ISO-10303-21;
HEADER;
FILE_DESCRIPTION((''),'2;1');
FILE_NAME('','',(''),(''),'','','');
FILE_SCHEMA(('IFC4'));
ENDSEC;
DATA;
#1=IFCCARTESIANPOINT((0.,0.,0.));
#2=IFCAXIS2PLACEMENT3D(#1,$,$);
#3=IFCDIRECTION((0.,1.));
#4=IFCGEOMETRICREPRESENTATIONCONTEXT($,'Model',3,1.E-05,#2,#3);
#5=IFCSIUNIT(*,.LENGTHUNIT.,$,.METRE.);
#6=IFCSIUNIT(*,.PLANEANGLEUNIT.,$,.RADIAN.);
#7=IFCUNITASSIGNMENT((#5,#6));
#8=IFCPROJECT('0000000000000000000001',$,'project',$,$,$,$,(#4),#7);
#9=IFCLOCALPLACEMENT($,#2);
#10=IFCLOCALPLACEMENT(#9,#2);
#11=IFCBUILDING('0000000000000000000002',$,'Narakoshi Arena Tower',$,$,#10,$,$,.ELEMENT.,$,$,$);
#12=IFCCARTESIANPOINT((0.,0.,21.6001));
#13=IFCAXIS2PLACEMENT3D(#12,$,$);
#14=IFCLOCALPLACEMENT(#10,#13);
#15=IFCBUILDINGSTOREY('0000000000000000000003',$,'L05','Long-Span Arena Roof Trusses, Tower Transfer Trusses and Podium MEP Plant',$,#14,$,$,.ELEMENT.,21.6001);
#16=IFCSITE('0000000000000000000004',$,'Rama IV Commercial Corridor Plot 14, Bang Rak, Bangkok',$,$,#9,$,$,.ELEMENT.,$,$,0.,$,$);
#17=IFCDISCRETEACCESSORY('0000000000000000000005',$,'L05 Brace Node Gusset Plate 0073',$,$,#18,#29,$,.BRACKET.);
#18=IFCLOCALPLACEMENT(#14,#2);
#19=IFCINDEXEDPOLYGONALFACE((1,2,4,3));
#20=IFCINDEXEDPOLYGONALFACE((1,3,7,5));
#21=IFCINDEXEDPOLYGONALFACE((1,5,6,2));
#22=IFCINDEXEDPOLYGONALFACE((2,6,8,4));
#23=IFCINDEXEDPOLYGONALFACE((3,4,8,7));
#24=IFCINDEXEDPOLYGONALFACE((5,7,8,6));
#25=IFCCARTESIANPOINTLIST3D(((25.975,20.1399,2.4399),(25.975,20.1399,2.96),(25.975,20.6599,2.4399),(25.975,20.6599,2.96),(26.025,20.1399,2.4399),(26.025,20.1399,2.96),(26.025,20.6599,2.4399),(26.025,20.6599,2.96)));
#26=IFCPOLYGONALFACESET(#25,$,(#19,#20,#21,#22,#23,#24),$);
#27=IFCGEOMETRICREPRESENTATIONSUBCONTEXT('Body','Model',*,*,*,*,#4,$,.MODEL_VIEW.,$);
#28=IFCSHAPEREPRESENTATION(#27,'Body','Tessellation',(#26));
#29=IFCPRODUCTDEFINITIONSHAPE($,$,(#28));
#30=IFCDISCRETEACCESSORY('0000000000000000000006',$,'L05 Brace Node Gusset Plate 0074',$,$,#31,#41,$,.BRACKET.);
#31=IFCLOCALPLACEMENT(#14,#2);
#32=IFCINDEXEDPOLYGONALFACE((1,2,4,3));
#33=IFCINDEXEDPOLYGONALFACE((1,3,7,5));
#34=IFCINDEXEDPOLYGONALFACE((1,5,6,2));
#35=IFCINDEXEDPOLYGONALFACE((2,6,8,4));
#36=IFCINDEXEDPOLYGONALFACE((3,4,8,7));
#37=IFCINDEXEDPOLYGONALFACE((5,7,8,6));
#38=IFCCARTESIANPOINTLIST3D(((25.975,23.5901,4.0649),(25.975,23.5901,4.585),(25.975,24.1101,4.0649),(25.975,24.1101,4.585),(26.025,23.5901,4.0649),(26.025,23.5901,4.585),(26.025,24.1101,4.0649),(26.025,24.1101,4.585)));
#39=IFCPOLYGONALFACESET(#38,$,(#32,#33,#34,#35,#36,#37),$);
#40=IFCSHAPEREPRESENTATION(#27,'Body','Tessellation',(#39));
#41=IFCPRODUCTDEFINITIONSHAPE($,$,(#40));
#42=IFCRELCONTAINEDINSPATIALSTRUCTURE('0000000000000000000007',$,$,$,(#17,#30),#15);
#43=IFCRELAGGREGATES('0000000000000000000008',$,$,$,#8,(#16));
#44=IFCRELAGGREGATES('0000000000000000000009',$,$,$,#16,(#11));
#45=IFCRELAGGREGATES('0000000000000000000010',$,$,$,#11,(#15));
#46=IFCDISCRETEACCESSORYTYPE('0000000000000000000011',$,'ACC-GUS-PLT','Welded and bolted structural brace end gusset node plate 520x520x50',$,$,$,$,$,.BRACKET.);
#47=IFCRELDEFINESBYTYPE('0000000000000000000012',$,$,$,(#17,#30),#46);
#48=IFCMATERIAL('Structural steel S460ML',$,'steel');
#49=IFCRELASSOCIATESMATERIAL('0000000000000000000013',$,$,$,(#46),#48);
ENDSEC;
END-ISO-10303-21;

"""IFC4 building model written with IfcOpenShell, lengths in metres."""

from ifc_helpers import new_model, si_unit, direction, frame, origin, origin_2d, place, context, subcontext, project, spatial, rectangle, extrude, material, type_object, element, save


model = new_model("IFC4")

# Units and contexts
model_context = context("Model", 3, precision=1e-05, world=origin(), true_north=direction((0.0, 1.0)))
body_context = subcontext(model_context, "Body", "Model", "MODEL_VIEW")
ifc_project = project(units=[si_unit("LENGTHUNIT", "METRE"), si_unit("PLANEANGLEUNIT", "RADIAN")], contexts=[model_context])

# Site, building, storey
site_placement = place(None, origin())
site = spatial("IfcSite", under=ifc_project, at=site_placement, Name="Rama IV Commercial Corridor Plot 14, Bang Rak, Bangkok", CompositionType="ELEMENT", RefElevation=0.0)
building_placement = place(site_placement, origin())
building = spatial("IfcBuilding", under=site, at=building_placement, Name="Narakoshi Arena Tower", CompositionType="ELEMENT")
storey_placement = place(building_placement, frame((0.0, 0.0, 21.6001)))
storey = spatial("IfcBuildingStorey", under=building, at=storey_placement, Name="L05", Description="Long-Span Arena Roof Trusses, Tower Transfer Trusses and Podium MEP Plant", CompositionType="ELEMENT", Elevation=21.6001)

# Shared definitions
ifc_material_1 = material(Name="Structural steel S460ML", Category="steel")

# Discrete accessories
discrete_accessory_type = type_object("IfcDiscreteAccessoryType", Name="ACC-GUS-PLT", Description="Welded and bolted structural brace end gusset node plate 520x520x50", PredefinedType="BRACKET", material=ifc_material_1)
for number, where, z_axis, x_axis, name in (
    (1, (26.0, 20.3999, 2.4399), (0.0, 0.0, 1.0), (0.0, 1.0, 0.0), "L05 Brace Node Gusset Plate 0073"),
    (2, (26.0, 23.8501, 4.0649), (0.0, 0.0, 1.0), (0.0, 1.0, 0.0), "L05 Brace Node Gusset Plate 0074"),
):
    element("IfcDiscreteAccessory", number, at=place(storey_placement, frame(where, z_axis=z_axis, x_axis=x_axis)), inside=storey, type_object=discrete_accessory_type, Name=name, PredefinedType="BRACKET", context=body_context, shape_type="SweptSolid", body=[
        extrude(rectangle(XDim=0.52, YDim=0.05, at=origin_2d()), origin(), (0.0, 0.0, 1.0), 0.52),
    ])

save(model, "model.ifc")
